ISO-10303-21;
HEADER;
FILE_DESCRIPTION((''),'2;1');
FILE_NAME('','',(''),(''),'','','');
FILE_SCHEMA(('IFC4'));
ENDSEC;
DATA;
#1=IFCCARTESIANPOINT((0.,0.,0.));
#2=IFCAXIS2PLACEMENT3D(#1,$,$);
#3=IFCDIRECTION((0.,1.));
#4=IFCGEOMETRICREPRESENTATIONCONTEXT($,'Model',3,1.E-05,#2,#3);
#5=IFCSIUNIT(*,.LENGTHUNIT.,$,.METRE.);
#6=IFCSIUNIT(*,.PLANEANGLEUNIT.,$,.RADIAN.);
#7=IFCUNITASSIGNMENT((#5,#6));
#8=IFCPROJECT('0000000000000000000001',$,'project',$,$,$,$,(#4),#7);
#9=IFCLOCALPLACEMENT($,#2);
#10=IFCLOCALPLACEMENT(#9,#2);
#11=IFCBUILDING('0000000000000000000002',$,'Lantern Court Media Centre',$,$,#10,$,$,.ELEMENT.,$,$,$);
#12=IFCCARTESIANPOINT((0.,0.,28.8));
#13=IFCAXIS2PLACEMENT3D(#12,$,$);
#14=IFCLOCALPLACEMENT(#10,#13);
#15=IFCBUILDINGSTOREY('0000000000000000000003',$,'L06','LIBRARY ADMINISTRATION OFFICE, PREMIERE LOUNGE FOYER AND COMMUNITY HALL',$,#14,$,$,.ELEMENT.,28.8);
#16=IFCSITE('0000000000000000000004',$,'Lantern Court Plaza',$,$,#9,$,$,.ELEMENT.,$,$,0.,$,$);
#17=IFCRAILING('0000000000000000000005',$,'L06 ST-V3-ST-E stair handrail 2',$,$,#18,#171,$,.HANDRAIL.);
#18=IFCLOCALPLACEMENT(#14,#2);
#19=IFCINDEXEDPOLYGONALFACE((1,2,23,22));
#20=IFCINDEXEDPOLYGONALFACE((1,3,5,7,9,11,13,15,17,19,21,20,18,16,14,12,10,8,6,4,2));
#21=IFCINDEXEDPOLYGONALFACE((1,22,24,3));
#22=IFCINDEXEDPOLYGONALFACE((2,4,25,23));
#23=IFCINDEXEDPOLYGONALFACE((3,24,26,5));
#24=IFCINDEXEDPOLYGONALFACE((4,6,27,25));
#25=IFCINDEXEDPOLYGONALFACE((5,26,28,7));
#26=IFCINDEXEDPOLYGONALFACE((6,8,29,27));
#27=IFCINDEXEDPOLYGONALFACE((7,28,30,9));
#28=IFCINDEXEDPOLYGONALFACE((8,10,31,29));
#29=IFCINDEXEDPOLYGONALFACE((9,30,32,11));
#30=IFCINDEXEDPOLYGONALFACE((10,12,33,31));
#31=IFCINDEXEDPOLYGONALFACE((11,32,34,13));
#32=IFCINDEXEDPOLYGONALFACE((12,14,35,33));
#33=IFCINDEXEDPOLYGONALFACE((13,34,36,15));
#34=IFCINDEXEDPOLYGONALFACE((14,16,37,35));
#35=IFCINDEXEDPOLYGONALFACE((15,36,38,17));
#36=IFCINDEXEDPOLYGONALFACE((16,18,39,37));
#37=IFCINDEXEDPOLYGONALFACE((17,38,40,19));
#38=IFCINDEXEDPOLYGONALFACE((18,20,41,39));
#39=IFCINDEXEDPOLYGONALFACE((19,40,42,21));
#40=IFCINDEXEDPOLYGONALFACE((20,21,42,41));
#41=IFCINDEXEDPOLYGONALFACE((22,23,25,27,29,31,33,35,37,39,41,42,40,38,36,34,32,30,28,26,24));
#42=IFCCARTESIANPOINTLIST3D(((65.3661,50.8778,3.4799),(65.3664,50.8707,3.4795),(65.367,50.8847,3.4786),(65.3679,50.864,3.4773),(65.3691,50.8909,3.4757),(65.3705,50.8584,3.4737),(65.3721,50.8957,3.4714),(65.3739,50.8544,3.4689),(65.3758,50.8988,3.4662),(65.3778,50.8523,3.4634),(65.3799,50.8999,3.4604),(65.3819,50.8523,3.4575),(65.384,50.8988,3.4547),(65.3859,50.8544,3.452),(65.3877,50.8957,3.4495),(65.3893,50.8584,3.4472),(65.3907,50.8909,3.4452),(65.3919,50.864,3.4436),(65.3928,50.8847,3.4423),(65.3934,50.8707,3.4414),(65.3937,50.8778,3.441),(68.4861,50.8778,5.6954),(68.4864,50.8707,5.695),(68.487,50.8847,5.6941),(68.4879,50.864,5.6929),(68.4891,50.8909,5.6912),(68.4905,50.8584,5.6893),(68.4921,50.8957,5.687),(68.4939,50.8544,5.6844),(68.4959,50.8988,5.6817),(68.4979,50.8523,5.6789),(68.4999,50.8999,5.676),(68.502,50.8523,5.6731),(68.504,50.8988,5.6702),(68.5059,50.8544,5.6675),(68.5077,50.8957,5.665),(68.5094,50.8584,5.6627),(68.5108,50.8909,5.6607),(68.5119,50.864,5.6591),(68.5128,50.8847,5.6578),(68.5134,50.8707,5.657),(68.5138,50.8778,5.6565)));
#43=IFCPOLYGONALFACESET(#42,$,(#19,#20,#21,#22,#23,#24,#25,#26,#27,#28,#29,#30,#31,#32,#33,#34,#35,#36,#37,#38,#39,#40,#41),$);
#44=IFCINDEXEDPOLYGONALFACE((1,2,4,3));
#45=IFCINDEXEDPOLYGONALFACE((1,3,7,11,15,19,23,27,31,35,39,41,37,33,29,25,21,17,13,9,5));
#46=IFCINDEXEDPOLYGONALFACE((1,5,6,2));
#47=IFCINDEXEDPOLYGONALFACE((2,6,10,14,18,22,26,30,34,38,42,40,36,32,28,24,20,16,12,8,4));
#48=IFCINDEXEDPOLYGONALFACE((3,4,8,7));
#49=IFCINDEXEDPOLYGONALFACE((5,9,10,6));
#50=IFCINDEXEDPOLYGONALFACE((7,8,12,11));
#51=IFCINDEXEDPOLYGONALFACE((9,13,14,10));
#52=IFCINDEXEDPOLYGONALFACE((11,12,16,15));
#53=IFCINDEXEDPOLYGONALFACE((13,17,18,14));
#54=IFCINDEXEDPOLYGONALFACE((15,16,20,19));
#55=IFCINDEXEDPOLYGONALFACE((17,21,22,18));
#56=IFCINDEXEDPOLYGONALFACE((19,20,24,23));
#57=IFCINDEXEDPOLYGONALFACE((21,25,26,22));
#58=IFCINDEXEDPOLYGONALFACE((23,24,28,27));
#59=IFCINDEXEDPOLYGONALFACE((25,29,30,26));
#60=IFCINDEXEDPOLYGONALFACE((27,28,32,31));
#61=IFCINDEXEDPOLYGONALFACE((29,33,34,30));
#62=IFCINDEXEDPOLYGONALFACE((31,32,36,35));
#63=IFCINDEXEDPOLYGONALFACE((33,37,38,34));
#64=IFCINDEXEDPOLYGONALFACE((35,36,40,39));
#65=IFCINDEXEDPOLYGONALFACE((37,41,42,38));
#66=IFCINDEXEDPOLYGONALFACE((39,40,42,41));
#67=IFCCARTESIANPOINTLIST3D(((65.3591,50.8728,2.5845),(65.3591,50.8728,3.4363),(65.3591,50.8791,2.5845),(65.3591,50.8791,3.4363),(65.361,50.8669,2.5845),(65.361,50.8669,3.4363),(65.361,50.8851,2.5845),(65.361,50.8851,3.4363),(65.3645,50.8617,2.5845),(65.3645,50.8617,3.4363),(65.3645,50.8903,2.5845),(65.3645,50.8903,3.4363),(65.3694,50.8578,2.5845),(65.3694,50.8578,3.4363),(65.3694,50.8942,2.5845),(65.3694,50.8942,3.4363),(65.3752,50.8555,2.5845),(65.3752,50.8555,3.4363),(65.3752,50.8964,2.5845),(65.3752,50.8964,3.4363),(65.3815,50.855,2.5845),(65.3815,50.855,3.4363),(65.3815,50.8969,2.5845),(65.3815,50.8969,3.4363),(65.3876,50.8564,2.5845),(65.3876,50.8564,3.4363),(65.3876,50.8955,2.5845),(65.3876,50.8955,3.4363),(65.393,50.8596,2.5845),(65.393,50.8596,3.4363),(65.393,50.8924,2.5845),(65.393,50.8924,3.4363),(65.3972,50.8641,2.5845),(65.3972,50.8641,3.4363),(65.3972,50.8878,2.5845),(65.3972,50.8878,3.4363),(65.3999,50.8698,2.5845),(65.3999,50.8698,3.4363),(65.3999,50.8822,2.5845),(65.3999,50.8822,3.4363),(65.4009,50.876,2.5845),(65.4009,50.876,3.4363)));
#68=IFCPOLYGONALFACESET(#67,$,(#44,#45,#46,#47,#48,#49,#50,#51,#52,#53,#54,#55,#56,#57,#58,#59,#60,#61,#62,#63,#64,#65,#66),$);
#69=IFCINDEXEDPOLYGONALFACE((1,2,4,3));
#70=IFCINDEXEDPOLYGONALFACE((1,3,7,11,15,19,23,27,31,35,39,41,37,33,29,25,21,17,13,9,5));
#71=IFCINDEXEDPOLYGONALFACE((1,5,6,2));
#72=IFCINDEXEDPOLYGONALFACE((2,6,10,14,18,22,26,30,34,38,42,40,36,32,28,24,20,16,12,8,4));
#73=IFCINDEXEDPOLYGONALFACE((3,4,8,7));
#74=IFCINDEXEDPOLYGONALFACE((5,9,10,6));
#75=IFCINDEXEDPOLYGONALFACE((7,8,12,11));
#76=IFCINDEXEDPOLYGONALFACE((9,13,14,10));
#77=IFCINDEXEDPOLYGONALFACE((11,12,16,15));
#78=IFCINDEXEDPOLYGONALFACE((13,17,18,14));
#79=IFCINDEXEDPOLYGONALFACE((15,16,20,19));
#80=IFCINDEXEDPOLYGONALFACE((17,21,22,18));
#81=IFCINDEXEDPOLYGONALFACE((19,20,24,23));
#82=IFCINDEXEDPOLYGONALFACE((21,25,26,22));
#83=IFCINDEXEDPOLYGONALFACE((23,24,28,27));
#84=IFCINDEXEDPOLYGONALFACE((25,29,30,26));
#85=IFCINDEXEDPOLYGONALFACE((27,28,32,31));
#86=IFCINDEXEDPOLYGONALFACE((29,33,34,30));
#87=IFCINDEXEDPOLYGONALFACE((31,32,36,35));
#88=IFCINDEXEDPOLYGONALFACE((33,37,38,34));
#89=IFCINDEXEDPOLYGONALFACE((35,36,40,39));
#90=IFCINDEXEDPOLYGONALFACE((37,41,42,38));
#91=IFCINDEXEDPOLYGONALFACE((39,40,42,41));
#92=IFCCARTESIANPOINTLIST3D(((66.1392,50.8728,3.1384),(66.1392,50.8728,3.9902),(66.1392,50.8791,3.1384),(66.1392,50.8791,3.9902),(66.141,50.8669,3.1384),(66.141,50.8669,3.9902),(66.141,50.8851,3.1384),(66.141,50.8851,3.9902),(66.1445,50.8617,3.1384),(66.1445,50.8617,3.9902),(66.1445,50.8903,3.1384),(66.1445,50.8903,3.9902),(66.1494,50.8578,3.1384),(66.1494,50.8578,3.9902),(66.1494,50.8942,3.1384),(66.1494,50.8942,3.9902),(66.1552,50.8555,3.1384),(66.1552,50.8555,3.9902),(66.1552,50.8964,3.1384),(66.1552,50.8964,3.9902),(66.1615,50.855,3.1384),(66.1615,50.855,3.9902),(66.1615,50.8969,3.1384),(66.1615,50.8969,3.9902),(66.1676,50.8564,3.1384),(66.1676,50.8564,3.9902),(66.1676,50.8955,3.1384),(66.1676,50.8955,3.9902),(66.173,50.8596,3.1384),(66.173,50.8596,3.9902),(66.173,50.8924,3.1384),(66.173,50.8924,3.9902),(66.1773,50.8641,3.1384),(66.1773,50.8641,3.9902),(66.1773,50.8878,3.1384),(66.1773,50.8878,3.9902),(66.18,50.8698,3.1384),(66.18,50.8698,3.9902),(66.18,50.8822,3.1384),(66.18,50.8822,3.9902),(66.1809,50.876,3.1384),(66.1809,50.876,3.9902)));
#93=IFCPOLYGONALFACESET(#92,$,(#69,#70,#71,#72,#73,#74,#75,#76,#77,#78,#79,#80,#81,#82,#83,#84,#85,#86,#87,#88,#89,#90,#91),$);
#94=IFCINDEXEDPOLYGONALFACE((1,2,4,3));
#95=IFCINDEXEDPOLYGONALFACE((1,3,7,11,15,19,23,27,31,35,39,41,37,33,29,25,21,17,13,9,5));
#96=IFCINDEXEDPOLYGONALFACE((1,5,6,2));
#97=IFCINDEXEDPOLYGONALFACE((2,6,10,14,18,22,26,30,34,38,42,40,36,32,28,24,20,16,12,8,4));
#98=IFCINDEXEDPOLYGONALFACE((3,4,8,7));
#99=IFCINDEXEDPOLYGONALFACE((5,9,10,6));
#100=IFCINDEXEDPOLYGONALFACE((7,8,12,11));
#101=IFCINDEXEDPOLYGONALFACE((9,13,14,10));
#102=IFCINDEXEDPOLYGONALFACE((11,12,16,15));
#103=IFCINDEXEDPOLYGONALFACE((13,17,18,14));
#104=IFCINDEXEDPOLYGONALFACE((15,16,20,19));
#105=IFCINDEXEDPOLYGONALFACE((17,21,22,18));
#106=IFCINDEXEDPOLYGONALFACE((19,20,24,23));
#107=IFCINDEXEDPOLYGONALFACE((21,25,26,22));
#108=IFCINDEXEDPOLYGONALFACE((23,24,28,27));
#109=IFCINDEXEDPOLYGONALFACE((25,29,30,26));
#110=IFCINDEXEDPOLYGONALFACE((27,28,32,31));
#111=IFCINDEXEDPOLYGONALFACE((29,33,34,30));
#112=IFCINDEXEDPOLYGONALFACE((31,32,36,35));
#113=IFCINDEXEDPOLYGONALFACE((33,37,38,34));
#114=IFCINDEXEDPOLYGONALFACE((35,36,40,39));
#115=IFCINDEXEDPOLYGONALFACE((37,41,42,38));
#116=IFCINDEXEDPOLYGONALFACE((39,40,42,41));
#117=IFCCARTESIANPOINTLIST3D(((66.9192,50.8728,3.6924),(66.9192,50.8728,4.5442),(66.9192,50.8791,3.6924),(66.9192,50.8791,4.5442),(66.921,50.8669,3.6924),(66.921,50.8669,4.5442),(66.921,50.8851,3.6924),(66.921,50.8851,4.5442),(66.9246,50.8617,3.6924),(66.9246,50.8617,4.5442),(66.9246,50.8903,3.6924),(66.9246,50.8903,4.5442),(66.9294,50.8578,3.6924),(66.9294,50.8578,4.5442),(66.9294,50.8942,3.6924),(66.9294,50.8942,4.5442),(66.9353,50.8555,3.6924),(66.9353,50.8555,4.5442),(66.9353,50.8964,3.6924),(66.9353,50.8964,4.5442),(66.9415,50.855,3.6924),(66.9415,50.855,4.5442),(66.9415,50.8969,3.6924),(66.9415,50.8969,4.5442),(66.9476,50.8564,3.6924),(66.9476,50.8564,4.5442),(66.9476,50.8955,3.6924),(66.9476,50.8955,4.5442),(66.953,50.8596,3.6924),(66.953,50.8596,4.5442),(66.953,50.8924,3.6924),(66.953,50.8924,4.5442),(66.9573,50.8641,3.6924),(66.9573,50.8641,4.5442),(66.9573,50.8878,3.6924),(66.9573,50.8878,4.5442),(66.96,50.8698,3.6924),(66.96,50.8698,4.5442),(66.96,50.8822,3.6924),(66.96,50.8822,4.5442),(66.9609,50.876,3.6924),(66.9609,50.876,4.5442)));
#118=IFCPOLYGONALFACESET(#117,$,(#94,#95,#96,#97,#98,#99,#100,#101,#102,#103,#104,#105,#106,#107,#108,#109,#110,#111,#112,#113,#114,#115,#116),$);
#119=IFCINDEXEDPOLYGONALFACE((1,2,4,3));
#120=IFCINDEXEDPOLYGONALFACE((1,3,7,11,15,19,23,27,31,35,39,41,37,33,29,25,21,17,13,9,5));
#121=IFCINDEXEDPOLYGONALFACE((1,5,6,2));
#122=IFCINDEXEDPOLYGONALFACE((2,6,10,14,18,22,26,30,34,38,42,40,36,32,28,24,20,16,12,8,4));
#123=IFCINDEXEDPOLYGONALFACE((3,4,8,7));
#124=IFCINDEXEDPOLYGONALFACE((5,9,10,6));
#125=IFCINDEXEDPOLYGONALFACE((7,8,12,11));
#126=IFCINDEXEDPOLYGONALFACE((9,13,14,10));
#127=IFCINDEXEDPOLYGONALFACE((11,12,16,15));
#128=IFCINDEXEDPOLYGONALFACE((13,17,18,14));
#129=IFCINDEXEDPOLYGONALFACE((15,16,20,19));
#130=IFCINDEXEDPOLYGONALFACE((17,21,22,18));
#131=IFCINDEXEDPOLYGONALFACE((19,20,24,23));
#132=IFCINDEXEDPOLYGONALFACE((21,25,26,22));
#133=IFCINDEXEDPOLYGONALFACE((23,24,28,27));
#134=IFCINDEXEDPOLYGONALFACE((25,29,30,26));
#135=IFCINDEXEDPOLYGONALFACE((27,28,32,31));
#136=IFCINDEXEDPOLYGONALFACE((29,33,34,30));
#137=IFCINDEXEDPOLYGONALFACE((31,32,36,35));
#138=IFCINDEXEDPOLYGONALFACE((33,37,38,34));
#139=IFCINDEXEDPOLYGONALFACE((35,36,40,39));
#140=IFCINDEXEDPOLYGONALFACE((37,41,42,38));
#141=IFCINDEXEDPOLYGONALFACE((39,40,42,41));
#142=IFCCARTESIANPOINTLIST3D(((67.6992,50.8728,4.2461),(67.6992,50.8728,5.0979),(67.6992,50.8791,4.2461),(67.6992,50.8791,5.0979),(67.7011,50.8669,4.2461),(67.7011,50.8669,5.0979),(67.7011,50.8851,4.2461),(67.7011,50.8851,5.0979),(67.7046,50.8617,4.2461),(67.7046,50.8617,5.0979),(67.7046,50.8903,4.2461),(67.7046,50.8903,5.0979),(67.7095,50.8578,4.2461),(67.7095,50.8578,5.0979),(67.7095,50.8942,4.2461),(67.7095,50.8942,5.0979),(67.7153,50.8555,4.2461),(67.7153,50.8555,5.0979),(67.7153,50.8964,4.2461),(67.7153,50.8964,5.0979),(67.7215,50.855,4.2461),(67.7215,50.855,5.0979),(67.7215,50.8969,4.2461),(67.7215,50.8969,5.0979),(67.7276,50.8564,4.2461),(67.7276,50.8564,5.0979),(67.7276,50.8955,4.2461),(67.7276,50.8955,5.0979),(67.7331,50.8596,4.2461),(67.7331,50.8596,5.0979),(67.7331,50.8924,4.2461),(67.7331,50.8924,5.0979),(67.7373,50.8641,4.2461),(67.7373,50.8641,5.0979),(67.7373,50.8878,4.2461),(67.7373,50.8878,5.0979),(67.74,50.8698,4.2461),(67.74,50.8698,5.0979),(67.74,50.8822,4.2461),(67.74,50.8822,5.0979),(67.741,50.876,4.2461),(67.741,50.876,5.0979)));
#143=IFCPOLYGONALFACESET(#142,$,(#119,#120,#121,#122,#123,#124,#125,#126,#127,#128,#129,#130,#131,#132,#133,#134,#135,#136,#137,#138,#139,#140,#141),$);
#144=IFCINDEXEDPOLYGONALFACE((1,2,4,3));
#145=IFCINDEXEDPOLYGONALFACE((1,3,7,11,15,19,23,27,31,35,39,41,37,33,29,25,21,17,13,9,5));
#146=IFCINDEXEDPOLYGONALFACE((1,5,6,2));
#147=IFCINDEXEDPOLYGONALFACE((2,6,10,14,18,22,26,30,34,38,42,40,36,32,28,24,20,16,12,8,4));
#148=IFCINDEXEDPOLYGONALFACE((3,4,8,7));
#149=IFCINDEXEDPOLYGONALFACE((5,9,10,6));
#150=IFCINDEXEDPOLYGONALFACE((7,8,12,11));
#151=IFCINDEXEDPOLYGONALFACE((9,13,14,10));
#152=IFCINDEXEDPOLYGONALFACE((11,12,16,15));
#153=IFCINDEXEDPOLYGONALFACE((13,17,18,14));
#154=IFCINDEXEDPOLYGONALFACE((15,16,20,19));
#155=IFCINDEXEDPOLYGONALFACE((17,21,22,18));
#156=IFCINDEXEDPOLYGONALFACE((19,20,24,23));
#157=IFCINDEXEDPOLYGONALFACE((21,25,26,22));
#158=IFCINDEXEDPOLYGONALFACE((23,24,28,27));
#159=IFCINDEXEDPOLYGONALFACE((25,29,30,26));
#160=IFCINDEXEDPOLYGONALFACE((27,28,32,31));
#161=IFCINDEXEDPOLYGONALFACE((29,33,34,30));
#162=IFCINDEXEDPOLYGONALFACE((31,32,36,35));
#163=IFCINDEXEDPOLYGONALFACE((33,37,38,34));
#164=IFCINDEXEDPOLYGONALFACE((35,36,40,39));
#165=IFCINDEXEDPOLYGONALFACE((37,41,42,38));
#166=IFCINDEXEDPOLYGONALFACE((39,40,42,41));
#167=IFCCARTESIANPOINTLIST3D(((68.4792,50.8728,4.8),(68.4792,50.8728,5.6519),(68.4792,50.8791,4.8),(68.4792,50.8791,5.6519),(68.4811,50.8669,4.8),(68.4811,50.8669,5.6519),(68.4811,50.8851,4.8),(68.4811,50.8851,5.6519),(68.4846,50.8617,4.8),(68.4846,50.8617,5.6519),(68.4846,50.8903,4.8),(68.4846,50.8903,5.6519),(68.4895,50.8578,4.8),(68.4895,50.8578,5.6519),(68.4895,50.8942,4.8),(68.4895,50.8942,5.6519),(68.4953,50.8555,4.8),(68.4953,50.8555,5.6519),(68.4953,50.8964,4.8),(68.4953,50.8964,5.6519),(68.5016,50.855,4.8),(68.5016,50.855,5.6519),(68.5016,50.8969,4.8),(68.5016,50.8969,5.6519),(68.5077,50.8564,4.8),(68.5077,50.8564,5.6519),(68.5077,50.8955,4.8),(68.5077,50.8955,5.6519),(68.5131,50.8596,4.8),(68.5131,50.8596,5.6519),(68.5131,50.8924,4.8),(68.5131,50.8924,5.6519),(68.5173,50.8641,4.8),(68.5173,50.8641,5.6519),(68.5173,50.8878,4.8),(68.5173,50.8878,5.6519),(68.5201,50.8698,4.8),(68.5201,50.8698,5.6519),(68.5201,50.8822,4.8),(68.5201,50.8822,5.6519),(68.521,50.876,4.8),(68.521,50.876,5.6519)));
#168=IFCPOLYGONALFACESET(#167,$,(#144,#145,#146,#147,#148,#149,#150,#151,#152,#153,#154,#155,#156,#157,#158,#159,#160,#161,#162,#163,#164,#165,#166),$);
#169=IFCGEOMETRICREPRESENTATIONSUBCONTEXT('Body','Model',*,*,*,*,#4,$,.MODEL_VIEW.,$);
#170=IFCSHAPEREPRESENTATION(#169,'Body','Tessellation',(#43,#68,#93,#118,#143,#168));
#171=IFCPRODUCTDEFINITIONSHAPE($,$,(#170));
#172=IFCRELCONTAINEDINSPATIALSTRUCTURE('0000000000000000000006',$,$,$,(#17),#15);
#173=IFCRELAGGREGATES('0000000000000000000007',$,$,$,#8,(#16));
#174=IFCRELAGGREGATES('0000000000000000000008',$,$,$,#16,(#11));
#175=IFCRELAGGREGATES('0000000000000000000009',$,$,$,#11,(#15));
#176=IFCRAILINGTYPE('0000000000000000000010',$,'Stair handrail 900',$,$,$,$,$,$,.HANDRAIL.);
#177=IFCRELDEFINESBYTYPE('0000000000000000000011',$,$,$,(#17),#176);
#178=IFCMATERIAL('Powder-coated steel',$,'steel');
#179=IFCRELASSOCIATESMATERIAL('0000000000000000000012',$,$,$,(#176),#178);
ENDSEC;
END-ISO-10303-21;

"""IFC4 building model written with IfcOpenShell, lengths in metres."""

from ifc_helpers import new_model, si_unit, direction, frame, origin, origin_2d, place, context, subcontext, project, spatial, circle, extrude, material, type_object, element, save


model = new_model("IFC4")

# Units and contexts
model_context = context("Model", 3, precision=1e-05, world=origin(), true_north=direction((0.0, 1.0)))
body_context = subcontext(model_context, "Body", "Model", "MODEL_VIEW")
ifc_project = project(units=[si_unit("LENGTHUNIT", "METRE"), si_unit("PLANEANGLEUNIT", "RADIAN")], contexts=[model_context])

# Site, building, storey
site_placement = place(None, origin())
site = spatial("IfcSite", under=ifc_project, at=site_placement, Name="Lantern Court Plaza", CompositionType="ELEMENT", RefElevation=0.0)
building_placement = place(site_placement, origin())
building = spatial("IfcBuilding", under=site, at=building_placement, Name="Lantern Court Media Centre", CompositionType="ELEMENT")
storey_placement = place(building_placement, frame((0.0, 0.0, 28.8)))
storey = spatial("IfcBuildingStorey", under=building, at=storey_placement, Name="L06", Description="LIBRARY ADMINISTRATION OFFICE, PREMIERE LOUNGE FOYER AND COMMUNITY HALL", CompositionType="ELEMENT", Elevation=28.8)

# Railing
ifc_material_1 = material(Name="Powder-coated steel", Category="steel")
railing_type_1 = type_object("IfcRailingType", Name="Stair handrail 900", PredefinedType="HANDRAIL", material=ifc_material_1)
railing_1_placement = place(storey_placement, frame((65.3799, 50.876, 2.5845)))
element("IfcRailing", 1, at=railing_1_placement, inside=storey, type_object=railing_type_1, Name="L06 ST-V3-ST-E stair handrail 2", PredefinedType="HANDRAIL", context=body_context, shape_type="SweptSolid", body=[
    extrude(circle(Radius=0.0239, at=origin_2d()), frame((0.0, 0.0, 0.876), z_axis=(0.815347, 0.0, 0.578973), x_axis=(0.0, 1.0, 0.0)), (0.0, 0.0, 1.0), 3.8267),
    extrude(circle(Radius=0.021, at=origin_2d()), origin(), (0.0, 0.0, 1.0), 0.8518),
    extrude(circle(Radius=0.021, at=origin_2d()), frame((0.78, 0.0, 0.554)), (0.0, 0.0, 1.0), 0.8518),
    extrude(circle(Radius=0.021, at=origin_2d()), frame((1.5601, 0.0, 1.1079)), (0.0, 0.0, 1.0), 0.8518),
    extrude(circle(Radius=0.021, at=origin_2d()), frame((2.3401, 0.0, 1.6616)), (0.0, 0.0, 1.0), 0.8518),
    extrude(circle(Radius=0.021, at=origin_2d()), frame((3.1201, 0.0, 2.2156)), (0.0, 0.0, 1.0), 0.8518),
])

save(model, "model.ifc")
